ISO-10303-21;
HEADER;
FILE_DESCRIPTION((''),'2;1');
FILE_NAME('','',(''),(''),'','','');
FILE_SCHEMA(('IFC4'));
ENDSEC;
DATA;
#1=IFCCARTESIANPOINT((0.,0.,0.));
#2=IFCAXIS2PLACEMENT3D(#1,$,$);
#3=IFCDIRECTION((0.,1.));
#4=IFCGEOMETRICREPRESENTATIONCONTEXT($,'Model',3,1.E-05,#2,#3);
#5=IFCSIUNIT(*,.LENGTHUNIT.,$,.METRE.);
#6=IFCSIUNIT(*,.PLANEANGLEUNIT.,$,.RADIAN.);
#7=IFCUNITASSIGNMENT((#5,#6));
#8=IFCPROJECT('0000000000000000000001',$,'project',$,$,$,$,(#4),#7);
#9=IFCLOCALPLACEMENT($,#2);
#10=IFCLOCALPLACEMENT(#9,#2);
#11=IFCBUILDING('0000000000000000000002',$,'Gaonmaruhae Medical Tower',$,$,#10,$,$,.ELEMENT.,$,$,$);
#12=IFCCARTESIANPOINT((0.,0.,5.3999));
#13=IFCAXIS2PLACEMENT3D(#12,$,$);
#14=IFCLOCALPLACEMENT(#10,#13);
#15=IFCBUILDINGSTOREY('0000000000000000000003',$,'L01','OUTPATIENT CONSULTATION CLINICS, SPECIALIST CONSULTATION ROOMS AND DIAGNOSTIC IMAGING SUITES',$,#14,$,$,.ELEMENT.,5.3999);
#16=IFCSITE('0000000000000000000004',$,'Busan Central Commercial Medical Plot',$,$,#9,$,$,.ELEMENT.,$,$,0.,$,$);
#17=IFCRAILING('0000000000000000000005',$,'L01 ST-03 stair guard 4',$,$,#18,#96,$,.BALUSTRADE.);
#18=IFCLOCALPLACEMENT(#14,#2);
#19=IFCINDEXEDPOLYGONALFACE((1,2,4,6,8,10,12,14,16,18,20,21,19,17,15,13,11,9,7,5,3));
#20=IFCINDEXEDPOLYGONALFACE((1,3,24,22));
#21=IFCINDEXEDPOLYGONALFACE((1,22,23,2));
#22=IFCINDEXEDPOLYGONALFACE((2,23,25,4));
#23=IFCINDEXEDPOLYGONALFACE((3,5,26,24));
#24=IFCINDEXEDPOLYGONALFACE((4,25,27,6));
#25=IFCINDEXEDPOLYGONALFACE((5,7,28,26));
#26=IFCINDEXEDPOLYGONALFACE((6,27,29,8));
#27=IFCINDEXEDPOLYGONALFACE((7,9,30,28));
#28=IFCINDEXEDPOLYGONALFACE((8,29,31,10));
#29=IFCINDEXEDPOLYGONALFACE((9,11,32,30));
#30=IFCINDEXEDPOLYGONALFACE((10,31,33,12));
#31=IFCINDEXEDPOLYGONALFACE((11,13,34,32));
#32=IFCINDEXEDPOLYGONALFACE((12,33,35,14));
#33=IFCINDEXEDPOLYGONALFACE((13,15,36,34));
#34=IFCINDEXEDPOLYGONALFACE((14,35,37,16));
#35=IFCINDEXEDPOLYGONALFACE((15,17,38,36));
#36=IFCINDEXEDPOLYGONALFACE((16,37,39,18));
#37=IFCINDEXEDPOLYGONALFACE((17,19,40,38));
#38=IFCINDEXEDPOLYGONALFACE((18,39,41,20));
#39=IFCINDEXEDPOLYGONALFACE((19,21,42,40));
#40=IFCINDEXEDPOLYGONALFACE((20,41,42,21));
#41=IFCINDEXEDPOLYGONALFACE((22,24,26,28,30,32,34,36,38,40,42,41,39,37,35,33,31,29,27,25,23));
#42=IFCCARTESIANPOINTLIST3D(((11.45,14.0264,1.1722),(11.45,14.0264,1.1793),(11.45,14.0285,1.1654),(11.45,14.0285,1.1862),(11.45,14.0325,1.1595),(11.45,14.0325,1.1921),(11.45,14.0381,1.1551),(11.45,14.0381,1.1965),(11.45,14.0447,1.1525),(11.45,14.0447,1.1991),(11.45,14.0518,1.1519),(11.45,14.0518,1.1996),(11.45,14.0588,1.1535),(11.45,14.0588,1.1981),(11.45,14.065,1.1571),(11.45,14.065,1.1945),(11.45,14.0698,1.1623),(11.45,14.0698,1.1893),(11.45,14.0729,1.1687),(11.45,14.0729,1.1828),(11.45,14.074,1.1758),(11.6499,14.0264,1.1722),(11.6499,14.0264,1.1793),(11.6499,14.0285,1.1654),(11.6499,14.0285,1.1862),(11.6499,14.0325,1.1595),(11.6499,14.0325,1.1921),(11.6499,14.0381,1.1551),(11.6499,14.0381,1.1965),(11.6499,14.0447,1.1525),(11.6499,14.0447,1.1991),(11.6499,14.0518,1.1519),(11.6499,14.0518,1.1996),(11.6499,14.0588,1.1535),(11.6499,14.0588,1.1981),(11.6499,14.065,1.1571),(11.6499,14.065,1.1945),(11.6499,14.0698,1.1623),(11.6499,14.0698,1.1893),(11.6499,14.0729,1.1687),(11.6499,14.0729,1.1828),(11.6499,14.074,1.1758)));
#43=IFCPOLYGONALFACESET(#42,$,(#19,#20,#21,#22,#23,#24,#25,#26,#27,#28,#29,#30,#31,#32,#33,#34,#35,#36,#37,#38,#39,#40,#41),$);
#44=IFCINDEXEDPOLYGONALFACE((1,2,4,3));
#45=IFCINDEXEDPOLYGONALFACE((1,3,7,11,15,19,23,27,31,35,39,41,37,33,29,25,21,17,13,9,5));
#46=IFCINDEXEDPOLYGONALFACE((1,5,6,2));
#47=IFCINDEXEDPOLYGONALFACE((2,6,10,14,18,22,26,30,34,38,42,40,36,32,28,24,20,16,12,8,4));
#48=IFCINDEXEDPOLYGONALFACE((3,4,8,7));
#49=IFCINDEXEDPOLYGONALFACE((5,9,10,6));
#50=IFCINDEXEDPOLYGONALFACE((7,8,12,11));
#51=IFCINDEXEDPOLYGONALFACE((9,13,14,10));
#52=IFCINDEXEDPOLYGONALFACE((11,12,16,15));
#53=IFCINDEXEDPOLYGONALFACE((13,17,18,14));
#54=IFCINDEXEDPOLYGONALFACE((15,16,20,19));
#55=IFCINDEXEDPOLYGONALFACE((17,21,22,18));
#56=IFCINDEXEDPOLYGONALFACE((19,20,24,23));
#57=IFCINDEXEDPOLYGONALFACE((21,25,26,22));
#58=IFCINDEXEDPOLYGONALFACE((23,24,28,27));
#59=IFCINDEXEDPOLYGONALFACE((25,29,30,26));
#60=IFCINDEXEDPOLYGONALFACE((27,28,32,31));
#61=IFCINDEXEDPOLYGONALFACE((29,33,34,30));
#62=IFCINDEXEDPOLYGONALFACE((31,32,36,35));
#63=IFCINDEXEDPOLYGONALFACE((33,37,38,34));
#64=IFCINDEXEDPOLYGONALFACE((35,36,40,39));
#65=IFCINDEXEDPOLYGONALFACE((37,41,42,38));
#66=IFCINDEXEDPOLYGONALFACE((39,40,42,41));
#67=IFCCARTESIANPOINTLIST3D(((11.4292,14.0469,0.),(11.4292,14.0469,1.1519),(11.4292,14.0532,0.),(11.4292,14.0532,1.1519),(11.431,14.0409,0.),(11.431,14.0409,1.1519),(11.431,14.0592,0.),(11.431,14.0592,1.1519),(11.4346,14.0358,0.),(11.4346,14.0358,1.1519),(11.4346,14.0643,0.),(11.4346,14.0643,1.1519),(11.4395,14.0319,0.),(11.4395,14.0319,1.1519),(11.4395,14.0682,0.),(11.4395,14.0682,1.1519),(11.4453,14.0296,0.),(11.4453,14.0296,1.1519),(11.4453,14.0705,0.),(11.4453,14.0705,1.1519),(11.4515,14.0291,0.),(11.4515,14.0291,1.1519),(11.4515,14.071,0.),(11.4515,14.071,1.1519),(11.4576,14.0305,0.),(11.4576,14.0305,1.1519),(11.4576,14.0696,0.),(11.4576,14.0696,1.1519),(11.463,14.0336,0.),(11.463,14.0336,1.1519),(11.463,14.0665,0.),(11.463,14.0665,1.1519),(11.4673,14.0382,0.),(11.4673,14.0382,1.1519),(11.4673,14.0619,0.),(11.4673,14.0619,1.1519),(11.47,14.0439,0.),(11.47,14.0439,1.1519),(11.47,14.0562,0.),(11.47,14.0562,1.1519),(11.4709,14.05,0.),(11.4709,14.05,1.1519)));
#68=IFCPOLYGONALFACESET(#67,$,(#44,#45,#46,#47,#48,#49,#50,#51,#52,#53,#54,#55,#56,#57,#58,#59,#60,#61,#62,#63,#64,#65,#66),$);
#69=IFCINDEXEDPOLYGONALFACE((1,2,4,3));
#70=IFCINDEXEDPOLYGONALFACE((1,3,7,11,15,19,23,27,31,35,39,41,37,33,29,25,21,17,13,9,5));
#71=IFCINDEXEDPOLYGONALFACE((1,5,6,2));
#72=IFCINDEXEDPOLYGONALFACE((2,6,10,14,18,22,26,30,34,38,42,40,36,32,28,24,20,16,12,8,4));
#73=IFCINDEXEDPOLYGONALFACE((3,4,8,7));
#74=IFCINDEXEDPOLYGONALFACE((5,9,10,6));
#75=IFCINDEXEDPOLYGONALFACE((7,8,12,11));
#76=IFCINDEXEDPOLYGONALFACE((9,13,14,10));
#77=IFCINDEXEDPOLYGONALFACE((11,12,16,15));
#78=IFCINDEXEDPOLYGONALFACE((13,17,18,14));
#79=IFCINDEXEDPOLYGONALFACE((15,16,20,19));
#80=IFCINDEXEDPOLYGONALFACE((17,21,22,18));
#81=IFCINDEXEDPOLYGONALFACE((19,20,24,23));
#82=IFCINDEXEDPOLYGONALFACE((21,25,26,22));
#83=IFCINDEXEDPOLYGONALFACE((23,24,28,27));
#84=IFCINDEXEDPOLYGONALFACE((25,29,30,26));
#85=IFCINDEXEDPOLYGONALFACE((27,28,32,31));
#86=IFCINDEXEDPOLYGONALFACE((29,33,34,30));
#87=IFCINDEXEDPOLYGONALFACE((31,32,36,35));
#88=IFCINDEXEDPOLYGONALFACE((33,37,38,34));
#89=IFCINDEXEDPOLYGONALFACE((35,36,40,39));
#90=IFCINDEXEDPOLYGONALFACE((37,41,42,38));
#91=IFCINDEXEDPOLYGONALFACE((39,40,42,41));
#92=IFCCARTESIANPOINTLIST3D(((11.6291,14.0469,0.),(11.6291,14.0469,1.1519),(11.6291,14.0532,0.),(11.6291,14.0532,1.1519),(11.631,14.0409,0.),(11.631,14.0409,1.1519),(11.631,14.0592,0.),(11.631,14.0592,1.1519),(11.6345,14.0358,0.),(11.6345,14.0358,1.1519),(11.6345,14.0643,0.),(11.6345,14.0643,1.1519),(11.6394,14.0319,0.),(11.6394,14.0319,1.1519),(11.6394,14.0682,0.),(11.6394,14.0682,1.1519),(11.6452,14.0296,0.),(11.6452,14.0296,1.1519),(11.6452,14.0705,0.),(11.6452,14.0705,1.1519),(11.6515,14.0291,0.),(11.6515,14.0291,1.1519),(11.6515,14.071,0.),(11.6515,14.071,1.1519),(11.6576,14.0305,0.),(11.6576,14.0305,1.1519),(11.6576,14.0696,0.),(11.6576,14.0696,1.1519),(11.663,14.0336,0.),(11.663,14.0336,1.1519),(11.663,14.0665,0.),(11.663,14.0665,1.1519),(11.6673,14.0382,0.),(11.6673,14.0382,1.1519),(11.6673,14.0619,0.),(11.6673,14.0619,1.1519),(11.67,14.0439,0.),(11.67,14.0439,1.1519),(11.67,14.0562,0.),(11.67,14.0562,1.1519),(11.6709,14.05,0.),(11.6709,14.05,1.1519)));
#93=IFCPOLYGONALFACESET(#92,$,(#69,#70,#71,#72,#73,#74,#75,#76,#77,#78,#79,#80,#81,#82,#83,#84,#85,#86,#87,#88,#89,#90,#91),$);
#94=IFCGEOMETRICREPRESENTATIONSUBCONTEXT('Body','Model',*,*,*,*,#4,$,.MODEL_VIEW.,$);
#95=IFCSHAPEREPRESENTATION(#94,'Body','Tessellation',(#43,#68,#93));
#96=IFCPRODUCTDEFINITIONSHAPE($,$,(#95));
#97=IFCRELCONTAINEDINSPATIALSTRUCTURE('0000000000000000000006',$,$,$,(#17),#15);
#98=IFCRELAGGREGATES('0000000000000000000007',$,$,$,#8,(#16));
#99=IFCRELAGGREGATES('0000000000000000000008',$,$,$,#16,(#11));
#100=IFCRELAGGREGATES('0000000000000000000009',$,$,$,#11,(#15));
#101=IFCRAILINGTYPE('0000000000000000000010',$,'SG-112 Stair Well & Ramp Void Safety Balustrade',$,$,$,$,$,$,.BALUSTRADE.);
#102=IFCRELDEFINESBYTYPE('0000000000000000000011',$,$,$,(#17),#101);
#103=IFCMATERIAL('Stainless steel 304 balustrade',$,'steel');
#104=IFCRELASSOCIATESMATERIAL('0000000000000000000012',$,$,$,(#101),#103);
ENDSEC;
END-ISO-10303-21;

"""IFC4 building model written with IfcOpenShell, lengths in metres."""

from ifc_helpers import new_model, si_unit, direction, frame, origin, origin_2d, place, context, subcontext, project, spatial, circle, extrude, material, type_object, element, save


model = new_model("IFC4")

# Units and contexts
model_context = context("Model", 3, precision=1e-05, world=origin(), true_north=direction((0.0, 1.0)))
body_context = subcontext(model_context, "Body", "Model", "MODEL_VIEW")
ifc_project = project(units=[si_unit("LENGTHUNIT", "METRE"), si_unit("PLANEANGLEUNIT", "RADIAN")], contexts=[model_context])

# Site, building, storey
site_placement = place(None, origin())
site = spatial("IfcSite", under=ifc_project, at=site_placement, Name="Busan Central Commercial Medical Plot", CompositionType="ELEMENT", RefElevation=0.0)
building_placement = place(site_placement, origin())
building = spatial("IfcBuilding", under=site, at=building_placement, Name="Gaonmaruhae Medical Tower", CompositionType="ELEMENT")
storey_placement = place(building_placement, frame((0.0, 0.0, 5.3999)))
storey = spatial("IfcBuildingStorey", under=building, at=storey_placement, Name="L01", Description="OUTPATIENT CONSULTATION CLINICS, SPECIALIST CONSULTATION ROOMS AND DIAGNOSTIC IMAGING SUITES", CompositionType="ELEMENT", Elevation=5.3999)

# Railing
ifc_material_1 = material(Name="Stainless steel 304 balustrade", Category="steel")
railing_type_1 = type_object("IfcRailingType", Name="SG-112 Stair Well & Ramp Void Safety Balustrade", PredefinedType="BALUSTRADE", material=ifc_material_1)
railing_1_placement = place(storey_placement, frame((11.45, 14.05, 0.0)))
element("IfcRailing", 1, at=railing_1_placement, inside=storey, type_object=railing_type_1, Name="L01 ST-03 stair guard 4", PredefinedType="BALUSTRADE", context=body_context, shape_type="SweptSolid", body=[
    extrude(circle(Radius=0.0239, at=origin_2d()), frame((0.0, 0.0, 1.1758), z_axis=(1.0, 0.0, 0.0), x_axis=(0.0, 1.0, 0.0)), (0.0, 0.0, 1.0), 0.2),
    extrude(circle(Radius=0.021, at=origin_2d()), origin(), (0.0, 0.0, 1.0), 1.1519),
    extrude(circle(Radius=0.021, at=origin_2d()), frame((0.2, 0.0, 0.0)), (0.0, 0.0, 1.0), 1.1519),
])

save(model, "model.ifc")
